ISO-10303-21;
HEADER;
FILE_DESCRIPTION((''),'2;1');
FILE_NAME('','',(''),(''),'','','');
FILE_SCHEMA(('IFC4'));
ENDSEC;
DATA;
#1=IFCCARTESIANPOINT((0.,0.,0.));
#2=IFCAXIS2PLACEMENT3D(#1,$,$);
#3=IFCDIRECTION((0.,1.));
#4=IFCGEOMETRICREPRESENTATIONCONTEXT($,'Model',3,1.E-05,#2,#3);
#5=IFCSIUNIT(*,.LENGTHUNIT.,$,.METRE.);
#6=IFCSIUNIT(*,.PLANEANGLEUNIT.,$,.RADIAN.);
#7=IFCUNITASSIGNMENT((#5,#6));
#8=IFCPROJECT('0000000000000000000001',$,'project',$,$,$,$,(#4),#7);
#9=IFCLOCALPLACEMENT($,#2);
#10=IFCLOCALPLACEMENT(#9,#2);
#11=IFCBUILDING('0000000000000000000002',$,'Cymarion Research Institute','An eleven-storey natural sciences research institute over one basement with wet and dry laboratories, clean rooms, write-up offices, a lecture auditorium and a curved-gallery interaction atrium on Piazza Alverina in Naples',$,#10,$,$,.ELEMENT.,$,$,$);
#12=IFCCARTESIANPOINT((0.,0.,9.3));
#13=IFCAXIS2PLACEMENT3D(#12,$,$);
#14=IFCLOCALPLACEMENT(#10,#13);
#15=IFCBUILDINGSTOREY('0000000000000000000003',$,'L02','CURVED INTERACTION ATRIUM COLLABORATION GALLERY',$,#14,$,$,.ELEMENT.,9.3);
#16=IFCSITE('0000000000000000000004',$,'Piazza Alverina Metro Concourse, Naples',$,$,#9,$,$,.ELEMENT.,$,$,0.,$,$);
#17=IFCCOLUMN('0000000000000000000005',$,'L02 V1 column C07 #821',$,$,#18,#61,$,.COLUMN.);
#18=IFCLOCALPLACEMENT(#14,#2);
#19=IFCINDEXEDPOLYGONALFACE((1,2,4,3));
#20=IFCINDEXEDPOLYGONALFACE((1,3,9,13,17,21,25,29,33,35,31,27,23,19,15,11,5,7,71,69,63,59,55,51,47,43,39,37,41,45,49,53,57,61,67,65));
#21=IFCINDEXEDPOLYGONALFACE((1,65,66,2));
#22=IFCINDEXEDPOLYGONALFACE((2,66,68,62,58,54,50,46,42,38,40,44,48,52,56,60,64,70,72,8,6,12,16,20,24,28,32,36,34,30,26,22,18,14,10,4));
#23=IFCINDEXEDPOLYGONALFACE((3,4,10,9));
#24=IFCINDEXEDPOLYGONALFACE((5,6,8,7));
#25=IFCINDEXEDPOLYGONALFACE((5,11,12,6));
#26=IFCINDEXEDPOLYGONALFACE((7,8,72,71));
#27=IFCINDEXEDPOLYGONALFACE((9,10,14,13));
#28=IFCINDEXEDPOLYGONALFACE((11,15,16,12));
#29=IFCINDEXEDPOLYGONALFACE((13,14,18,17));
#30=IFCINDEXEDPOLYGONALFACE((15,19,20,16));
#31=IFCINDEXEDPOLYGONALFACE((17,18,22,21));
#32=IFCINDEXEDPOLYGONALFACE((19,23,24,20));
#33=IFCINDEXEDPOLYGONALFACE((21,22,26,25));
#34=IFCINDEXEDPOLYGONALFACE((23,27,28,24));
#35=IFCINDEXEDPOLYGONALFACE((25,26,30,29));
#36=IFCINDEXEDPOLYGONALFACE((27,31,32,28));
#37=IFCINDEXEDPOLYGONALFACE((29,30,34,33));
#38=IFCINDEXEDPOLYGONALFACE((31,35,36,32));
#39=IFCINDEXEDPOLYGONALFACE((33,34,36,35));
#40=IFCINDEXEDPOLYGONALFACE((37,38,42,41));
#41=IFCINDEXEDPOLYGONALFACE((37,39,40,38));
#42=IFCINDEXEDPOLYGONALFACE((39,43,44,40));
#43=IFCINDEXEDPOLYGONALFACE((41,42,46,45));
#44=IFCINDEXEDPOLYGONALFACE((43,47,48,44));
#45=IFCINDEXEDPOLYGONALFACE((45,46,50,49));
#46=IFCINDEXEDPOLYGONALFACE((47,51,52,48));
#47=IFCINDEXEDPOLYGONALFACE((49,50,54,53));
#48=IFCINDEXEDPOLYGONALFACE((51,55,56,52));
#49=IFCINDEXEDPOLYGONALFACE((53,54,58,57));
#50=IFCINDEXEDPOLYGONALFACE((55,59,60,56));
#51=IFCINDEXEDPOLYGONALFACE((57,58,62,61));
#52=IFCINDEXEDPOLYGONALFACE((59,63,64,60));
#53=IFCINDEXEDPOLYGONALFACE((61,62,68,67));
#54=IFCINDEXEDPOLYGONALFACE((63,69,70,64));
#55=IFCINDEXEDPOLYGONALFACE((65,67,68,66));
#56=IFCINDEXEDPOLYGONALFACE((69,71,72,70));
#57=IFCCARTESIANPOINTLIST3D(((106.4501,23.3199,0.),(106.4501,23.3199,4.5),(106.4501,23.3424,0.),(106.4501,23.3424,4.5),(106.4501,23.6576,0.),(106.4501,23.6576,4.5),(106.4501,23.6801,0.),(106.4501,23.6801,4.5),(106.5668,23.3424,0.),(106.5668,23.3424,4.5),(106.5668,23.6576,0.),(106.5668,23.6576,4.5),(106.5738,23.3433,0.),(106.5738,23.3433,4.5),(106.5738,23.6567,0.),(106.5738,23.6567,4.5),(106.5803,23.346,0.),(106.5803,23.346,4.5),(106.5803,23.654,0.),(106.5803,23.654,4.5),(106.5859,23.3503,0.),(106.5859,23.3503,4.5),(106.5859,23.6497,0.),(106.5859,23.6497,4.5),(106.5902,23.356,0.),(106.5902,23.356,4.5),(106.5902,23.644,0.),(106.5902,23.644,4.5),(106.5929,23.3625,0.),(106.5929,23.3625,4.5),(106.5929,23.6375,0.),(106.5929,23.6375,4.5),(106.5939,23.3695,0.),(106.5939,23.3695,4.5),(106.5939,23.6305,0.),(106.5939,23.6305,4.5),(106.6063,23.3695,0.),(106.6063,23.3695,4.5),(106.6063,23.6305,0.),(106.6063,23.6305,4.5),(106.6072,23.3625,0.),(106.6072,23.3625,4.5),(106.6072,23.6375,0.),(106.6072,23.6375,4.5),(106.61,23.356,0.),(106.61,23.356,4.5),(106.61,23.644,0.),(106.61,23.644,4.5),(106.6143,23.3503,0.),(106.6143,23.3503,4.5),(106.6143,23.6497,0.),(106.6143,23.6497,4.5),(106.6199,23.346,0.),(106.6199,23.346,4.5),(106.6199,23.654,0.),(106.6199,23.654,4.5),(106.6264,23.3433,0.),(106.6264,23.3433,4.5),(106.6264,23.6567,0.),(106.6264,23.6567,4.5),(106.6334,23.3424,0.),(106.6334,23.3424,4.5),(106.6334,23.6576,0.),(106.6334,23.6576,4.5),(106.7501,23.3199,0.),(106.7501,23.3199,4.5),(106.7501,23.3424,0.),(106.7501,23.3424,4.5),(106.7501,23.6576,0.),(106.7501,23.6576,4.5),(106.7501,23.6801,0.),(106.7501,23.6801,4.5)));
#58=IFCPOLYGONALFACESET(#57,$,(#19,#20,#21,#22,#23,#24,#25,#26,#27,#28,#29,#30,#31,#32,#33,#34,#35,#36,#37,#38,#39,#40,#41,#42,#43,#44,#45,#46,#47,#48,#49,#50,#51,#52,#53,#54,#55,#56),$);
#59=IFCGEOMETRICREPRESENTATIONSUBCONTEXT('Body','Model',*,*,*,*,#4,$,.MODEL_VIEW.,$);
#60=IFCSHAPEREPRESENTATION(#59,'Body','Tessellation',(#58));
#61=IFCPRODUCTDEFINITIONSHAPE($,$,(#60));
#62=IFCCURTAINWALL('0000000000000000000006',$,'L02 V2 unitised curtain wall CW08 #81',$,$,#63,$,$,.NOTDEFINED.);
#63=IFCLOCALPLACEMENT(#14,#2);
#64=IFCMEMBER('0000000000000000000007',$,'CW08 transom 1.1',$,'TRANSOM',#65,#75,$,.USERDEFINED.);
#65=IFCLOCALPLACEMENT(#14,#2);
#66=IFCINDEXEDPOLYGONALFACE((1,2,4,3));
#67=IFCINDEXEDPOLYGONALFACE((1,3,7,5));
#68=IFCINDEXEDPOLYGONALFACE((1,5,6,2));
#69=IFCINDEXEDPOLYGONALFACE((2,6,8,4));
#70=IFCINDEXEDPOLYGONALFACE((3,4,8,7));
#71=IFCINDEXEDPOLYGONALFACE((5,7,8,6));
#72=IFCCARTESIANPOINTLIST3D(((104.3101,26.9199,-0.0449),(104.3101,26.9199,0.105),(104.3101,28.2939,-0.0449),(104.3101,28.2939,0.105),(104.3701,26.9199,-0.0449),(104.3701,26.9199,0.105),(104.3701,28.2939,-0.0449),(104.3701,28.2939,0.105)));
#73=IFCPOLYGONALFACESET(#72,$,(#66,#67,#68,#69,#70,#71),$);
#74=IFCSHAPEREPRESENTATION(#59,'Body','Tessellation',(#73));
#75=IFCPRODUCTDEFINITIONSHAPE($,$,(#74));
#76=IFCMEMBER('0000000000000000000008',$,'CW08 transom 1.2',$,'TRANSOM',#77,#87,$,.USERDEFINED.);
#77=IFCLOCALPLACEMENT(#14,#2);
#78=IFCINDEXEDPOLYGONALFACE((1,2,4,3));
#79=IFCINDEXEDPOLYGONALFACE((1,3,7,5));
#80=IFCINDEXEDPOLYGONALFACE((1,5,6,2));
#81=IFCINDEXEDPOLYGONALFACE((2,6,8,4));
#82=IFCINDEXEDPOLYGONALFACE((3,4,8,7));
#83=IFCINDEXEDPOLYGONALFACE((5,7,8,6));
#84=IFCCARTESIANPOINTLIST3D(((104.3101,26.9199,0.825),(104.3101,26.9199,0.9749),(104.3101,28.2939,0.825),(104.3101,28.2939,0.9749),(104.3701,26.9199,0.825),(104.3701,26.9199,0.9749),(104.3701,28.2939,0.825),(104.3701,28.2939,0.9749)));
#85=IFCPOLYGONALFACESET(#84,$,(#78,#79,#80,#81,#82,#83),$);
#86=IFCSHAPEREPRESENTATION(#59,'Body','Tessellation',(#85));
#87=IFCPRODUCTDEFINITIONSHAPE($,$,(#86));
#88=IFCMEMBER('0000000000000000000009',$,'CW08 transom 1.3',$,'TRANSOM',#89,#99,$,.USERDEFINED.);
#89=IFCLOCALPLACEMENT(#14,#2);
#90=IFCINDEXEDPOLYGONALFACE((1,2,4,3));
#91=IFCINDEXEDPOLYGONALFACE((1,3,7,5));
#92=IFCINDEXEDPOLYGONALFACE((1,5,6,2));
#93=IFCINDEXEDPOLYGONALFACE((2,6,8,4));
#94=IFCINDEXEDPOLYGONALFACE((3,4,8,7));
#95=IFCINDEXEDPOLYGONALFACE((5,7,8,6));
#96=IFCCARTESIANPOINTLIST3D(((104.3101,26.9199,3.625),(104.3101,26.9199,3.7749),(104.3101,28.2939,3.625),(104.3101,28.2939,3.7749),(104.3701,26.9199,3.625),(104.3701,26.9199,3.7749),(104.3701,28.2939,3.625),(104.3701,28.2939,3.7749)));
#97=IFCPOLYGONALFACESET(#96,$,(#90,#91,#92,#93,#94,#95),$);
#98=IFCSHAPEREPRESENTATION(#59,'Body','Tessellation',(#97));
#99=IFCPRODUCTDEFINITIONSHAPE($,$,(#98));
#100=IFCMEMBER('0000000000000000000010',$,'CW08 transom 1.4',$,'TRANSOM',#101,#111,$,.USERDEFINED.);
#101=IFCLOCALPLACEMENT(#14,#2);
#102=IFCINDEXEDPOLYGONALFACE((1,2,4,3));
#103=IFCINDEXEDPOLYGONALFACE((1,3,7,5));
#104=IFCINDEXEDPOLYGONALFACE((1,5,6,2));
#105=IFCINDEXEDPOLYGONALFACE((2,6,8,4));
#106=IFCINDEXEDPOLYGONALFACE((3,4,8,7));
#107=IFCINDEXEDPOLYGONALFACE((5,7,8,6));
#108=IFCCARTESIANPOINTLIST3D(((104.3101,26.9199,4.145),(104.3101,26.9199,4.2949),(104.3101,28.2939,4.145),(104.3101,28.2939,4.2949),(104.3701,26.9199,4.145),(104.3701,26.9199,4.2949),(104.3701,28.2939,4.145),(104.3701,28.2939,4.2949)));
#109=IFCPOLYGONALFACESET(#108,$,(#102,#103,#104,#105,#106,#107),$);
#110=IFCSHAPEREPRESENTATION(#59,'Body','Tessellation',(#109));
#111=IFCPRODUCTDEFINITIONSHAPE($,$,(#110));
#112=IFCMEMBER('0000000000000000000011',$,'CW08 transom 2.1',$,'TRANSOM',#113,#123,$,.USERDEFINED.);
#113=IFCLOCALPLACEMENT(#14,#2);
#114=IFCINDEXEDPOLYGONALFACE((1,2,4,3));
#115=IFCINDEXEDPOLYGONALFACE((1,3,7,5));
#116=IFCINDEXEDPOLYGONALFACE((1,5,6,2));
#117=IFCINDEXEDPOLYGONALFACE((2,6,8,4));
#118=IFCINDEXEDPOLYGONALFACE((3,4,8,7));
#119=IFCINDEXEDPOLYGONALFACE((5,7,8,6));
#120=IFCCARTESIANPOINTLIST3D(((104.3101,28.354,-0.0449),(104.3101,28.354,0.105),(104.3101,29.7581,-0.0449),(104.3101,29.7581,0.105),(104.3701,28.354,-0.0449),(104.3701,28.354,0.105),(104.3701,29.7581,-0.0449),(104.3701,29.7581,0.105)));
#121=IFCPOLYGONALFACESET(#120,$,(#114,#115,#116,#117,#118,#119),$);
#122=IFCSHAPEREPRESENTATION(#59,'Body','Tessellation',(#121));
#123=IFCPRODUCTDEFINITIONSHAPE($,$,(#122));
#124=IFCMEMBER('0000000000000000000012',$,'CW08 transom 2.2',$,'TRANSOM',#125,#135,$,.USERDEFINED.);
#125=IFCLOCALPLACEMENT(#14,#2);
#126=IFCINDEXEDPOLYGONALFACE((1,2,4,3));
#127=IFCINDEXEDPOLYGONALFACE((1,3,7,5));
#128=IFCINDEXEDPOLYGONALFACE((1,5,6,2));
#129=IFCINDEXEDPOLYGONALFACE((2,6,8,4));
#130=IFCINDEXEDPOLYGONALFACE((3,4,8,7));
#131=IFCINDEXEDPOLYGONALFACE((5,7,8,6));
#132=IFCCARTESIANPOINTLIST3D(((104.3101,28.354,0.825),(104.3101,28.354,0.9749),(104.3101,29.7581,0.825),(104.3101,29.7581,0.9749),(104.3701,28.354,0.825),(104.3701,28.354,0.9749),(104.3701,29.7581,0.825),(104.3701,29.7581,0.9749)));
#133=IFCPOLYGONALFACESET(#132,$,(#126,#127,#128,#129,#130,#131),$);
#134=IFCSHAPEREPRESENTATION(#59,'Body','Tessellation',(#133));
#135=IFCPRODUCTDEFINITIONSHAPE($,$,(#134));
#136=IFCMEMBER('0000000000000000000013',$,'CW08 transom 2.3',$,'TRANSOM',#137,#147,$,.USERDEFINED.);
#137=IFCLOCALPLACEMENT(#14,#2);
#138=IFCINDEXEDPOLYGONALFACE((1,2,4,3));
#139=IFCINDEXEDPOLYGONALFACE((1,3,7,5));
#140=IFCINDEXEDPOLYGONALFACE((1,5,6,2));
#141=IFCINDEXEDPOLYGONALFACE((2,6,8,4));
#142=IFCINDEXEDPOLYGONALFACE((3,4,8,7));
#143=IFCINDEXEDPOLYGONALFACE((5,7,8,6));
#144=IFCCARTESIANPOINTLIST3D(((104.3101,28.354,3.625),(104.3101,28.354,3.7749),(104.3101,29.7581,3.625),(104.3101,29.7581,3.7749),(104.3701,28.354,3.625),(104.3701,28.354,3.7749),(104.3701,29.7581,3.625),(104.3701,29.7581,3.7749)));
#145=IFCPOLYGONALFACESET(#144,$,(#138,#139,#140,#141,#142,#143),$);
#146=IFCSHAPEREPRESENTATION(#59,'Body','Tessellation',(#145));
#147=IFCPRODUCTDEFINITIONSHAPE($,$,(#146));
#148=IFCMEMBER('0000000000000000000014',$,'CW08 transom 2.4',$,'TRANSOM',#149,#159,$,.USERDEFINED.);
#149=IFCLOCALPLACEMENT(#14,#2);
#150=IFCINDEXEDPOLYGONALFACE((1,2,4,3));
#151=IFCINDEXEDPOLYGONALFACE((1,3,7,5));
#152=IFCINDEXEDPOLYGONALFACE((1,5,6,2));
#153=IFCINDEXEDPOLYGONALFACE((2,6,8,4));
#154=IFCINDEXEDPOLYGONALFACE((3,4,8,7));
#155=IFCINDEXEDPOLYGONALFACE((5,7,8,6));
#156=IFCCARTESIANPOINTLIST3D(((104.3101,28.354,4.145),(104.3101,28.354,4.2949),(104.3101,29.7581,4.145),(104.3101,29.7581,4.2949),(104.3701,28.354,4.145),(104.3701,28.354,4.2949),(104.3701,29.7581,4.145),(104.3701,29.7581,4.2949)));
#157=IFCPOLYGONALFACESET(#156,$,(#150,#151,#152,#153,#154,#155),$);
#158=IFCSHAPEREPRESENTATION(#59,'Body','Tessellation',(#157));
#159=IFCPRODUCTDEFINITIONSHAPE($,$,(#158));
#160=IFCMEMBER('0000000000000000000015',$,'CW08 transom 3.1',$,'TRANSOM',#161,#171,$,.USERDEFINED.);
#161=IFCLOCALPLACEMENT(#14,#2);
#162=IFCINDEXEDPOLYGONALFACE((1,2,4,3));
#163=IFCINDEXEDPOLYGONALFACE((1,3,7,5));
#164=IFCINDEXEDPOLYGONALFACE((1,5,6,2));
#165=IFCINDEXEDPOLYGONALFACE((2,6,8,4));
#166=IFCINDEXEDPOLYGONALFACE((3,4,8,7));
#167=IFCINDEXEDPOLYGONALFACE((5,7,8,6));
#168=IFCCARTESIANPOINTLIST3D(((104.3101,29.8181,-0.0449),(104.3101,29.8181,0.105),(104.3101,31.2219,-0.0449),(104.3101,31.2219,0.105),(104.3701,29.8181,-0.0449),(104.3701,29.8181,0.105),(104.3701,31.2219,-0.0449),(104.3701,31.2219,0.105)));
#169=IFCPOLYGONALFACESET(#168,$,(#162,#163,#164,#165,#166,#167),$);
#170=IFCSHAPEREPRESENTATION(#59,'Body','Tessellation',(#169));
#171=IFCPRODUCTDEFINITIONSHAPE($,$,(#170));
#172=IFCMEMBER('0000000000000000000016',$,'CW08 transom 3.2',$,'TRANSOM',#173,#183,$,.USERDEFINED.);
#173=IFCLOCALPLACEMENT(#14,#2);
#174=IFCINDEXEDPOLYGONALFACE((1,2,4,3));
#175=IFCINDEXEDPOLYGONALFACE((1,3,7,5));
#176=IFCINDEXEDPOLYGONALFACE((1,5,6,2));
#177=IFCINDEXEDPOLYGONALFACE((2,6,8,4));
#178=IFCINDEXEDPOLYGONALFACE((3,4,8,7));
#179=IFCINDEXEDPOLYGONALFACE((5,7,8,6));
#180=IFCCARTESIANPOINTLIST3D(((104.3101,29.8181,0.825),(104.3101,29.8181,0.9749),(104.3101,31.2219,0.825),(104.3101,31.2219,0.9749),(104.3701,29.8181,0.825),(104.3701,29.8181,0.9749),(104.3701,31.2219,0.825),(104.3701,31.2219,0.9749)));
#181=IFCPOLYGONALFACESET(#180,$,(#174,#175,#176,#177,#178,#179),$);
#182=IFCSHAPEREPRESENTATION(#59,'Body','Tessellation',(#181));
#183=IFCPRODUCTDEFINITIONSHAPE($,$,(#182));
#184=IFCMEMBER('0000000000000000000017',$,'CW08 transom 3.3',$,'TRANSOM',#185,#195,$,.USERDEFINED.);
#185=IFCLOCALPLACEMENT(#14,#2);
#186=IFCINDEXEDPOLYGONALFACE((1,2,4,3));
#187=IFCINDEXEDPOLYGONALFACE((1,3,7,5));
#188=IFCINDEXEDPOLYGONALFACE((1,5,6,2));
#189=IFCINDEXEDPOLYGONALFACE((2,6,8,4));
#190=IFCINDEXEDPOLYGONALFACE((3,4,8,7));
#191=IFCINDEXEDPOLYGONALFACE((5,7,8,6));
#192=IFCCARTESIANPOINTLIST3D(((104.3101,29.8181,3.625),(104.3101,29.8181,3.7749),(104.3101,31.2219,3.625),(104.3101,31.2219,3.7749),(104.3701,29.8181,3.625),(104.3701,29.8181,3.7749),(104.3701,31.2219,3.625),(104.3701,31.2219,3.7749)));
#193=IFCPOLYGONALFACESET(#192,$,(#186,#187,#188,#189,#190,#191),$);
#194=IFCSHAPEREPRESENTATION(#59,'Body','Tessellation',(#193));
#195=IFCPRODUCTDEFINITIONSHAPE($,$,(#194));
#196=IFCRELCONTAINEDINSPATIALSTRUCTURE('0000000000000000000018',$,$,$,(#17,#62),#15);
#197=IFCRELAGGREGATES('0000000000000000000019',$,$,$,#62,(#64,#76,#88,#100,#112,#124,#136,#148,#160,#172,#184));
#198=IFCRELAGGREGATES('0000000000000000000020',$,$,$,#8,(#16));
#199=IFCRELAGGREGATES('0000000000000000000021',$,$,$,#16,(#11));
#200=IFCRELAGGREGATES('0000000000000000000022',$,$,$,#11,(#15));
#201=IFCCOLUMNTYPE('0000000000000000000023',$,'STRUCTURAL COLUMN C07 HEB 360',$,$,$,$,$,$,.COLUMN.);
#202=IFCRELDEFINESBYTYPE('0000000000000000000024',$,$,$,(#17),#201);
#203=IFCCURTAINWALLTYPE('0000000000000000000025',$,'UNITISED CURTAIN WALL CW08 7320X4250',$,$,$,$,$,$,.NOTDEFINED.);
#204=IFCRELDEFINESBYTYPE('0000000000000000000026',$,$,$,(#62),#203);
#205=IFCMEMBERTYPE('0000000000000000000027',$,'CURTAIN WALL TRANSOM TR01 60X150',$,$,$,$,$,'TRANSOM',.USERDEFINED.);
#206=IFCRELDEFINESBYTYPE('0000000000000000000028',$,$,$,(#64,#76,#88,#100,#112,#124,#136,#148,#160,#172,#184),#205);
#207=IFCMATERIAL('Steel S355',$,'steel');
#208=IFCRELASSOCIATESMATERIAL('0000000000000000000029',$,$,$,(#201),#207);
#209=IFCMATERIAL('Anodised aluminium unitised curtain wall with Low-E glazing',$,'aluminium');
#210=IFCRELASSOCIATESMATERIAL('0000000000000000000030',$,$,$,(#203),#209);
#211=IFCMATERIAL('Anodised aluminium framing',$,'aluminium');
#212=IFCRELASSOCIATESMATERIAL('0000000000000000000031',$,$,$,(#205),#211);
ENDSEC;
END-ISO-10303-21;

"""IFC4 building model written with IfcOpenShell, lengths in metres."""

from ifc_helpers import new_model, si_unit, direction, frame, origin, origin_2d, place, context, subcontext, project, spatial, rectangle, i_section, extrude, material, material_profile, profile_set, type_object, element, aggregate, save


model = new_model("IFC4")

# Units and contexts
model_context = context("Model", 3, precision=1e-05, world=origin(), true_north=direction((0.0, 1.0)))
body_context = subcontext(model_context, "Body", "Model", "MODEL_VIEW")
ifc_project = project(units=[si_unit("LENGTHUNIT", "METRE"), si_unit("PLANEANGLEUNIT", "RADIAN")], contexts=[model_context])

# Site, building, storey
site_placement = place(None, origin())
site = spatial("IfcSite", under=ifc_project, at=site_placement, Name="Piazza Alverina Metro Concourse, Naples", CompositionType="ELEMENT", RefElevation=0.0)
building_placement = place(site_placement, origin())
building = spatial("IfcBuilding", under=site, at=building_placement, Name="Cymarion Research Institute", Description="An eleven-storey natural sciences research institute over one basement with wet and dry laboratories, clean rooms, write-up offices, a lecture auditorium and a curved-gallery interaction atrium on Piazza Alverina in Naples", CompositionType="ELEMENT")
storey_placement = place(building_placement, frame((0.0, 0.0, 9.3)))
storey = spatial("IfcBuildingStorey", under=building, at=storey_placement, Name="L02", Description="CURVED INTERACTION ATRIUM COLLABORATION GALLERY", CompositionType="ELEMENT", Elevation=9.3)

# Column
ifc_material_1 = material(Name="Steel S355", Category="steel")
ifc_material_profile_1 = material_profile(ifc_material_1, i_section(OverallWidth=0.3, OverallDepth=0.3601, WebThickness=0.0125, FlangeThickness=0.0225, FilletRadius=0.0271, at=origin_2d()), Name="HEB 360")
ifc_profile_set_1 = profile_set([ifc_material_profile_1], Name="Steel S355")
column_type = type_object("IfcColumnType", Name="STRUCTURAL COLUMN C07 HEB 360", PredefinedType="COLUMN", material=ifc_profile_set_1)
column_placement = place(storey_placement, frame((106.6001, 23.5, 0.0), z_axis=(0.0, 0.0, 1.0), x_axis=(1.0, 0.0, 0.0)))
element("IfcColumn", 1, at=column_placement, inside=storey, type_object=column_type, Name="L02 V1 column C07 #821", PredefinedType="COLUMN", context=body_context, shape_type="SweptSolid", body=[
    extrude(i_section(OverallWidth=0.3, OverallDepth=0.3601, WebThickness=0.0125, FlangeThickness=0.0225, FilletRadius=0.0271, at=origin_2d()), origin(), (0.0, 0.0, 1.0), 4.5),
])

# Curtain wall, members
ifc_material_2 = material(Name="Anodised aluminium unitised curtain wall with Low-E glazing", Category="aluminium")
curtain_wall_type = type_object("IfcCurtainWallType", Name="UNITISED CURTAIN WALL CW08 7320X4250", PredefinedType="NOTDEFINED", material=ifc_material_2)
curtain_wall_placement = place(storey_placement, origin())
curtain_wall = element("IfcCurtainWall", 2, at=curtain_wall_placement, inside=storey, type_object=curtain_wall_type, Name="L02 V2 unitised curtain wall CW08 #81", PredefinedType="NOTDEFINED")
ifc_material_3 = material(Name="Anodised aluminium framing", Category="aluminium")
ifc_material_profile_2 = material_profile(ifc_material_3, rectangle(XDim=0.0601, YDim=0.1499, at=origin_2d()), Name="ALU TRANSOM 60x150")
ifc_profile_set_2 = profile_set([ifc_material_profile_2], Name="Anodised aluminium framing")
member_type = type_object("IfcMemberType", Name="CURTAIN WALL TRANSOM TR01 60X150", ElementType="TRANSOM", PredefinedType="USERDEFINED", material=ifc_profile_set_2)
member_1_placement = place(storey_placement, frame((104.3401, 26.9199, 0.03), z_axis=(0.0, 1.0, 0.0), x_axis=(-1.0, 0.0, 0.0)))
member_1 = element("IfcMember", 3, at=member_1_placement, type_object=member_type, Name="CW08 transom 1.1", ObjectType="TRANSOM", PredefinedType="USERDEFINED", context=body_context, shape_type="SweptSolid", body=[
    extrude(rectangle(XDim=0.0601, YDim=0.1499, at=origin_2d()), origin(), (0.0, 0.0, 1.0), 1.374),
])
member_2_placement = place(storey_placement, frame((104.3401, 26.9199, 0.8999), z_axis=(0.0, 1.0, 0.0), x_axis=(-1.0, 0.0, 0.0)))
member_2 = element("IfcMember", 4, at=member_2_placement, type_object=member_type, Name="CW08 transom 1.2", ObjectType="TRANSOM", PredefinedType="USERDEFINED", context=body_context, shape_type="SweptSolid", body=[
    extrude(rectangle(XDim=0.0601, YDim=0.1499, at=origin_2d()), origin(), (0.0, 0.0, 1.0), 1.374),
])
member_3_placement = place(storey_placement, frame((104.3401, 26.9199, 3.7), z_axis=(0.0, 1.0, 0.0), x_axis=(-1.0, 0.0, 0.0)))
member_3 = element("IfcMember", 5, at=member_3_placement, type_object=member_type, Name="CW08 transom 1.3", ObjectType="TRANSOM", PredefinedType="USERDEFINED", context=body_context, shape_type="SweptSolid", body=[
    extrude(rectangle(XDim=0.0601, YDim=0.1499, at=origin_2d()), origin(), (0.0, 0.0, 1.0), 1.374),
])
member_4_placement = place(storey_placement, frame((104.3401, 26.9199, 4.22), z_axis=(0.0, 1.0, 0.0), x_axis=(-1.0, 0.0, 0.0)))
member_4 = element("IfcMember", 6, at=member_4_placement, type_object=member_type, Name="CW08 transom 1.4", ObjectType="TRANSOM", PredefinedType="USERDEFINED", context=body_context, shape_type="SweptSolid", body=[
    extrude(rectangle(XDim=0.0601, YDim=0.1499, at=origin_2d()), origin(), (0.0, 0.0, 1.0), 1.374),
])
member_5_placement = place(storey_placement, frame((104.3401, 28.354, 0.03), z_axis=(0.0, 1.0, 0.0), x_axis=(-1.0, 0.0, 0.0)))
member_5 = element("IfcMember", 7, at=member_5_placement, type_object=member_type, Name="CW08 transom 2.1", ObjectType="TRANSOM", PredefinedType="USERDEFINED", context=body_context, shape_type="SweptSolid", body=[
    extrude(rectangle(XDim=0.0601, YDim=0.1499, at=origin_2d()), origin(), (0.0, 0.0, 1.0), 1.4041),
])
member_6_placement = place(storey_placement, frame((104.3401, 28.354, 0.8999), z_axis=(0.0, 1.0, 0.0), x_axis=(-1.0, 0.0, 0.0)))
member_6 = element("IfcMember", 8, at=member_6_placement, type_object=member_type, Name="CW08 transom 2.2", ObjectType="TRANSOM", PredefinedType="USERDEFINED", context=body_context, shape_type="SweptSolid", body=[
    extrude(rectangle(XDim=0.0601, YDim=0.1499, at=origin_2d()), origin(), (0.0, 0.0, 1.0), 1.4041),
])
member_7_placement = place(storey_placement, frame((104.3401, 28.354, 3.7), z_axis=(0.0, 1.0, 0.0), x_axis=(-1.0, 0.0, 0.0)))
member_7 = element("IfcMember", 9, at=member_7_placement, type_object=member_type, Name="CW08 transom 2.3", ObjectType="TRANSOM", PredefinedType="USERDEFINED", context=body_context, shape_type="SweptSolid", body=[
    extrude(rectangle(XDim=0.0601, YDim=0.1499, at=origin_2d()), origin(), (0.0, 0.0, 1.0), 1.4041),
])
member_8_placement = place(storey_placement, frame((104.3401, 28.354, 4.22), z_axis=(0.0, 1.0, 0.0), x_axis=(-1.0, 0.0, 0.0)))
member_8 = element("IfcMember", 10, at=member_8_placement, type_object=member_type, Name="CW08 transom 2.4", ObjectType="TRANSOM", PredefinedType="USERDEFINED", context=body_context, shape_type="SweptSolid", body=[
    extrude(rectangle(XDim=0.0601, YDim=0.1499, at=origin_2d()), origin(), (0.0, 0.0, 1.0), 1.4041),
])
member_9_placement = place(storey_placement, frame((104.3401, 29.8181, 0.03), z_axis=(0.0, 1.0, 0.0), x_axis=(-1.0, 0.0, 0.0)))
member_9 = element("IfcMember", 11, at=member_9_placement, type_object=member_type, Name="CW08 transom 3.1", ObjectType="TRANSOM", PredefinedType="USERDEFINED", context=body_context, shape_type="SweptSolid", body=[
    extrude(rectangle(XDim=0.0601, YDim=0.1499, at=origin_2d()), origin(), (0.0, 0.0, 1.0), 1.4038),
])
member_10_placement = place(storey_placement, frame((104.3401, 29.8181, 0.8999), z_axis=(0.0, 1.0, 0.0), x_axis=(-1.0, 0.0, 0.0)))
member_10 = element("IfcMember", 12, at=member_10_placement, type_object=member_type, Name="CW08 transom 3.2", ObjectType="TRANSOM", PredefinedType="USERDEFINED", context=body_context, shape_type="SweptSolid", body=[
    extrude(rectangle(XDim=0.0601, YDim=0.1499, at=origin_2d()), origin(), (0.0, 0.0, 1.0), 1.4038),
])
member_11_placement = place(storey_placement, frame((104.3401, 29.8181, 3.7), z_axis=(0.0, 1.0, 0.0), x_axis=(-1.0, 0.0, 0.0)))
member_11 = element("IfcMember", 13, at=member_11_placement, type_object=member_type, Name="CW08 transom 3.3", ObjectType="TRANSOM", PredefinedType="USERDEFINED", context=body_context, shape_type="SweptSolid", body=[
    extrude(rectangle(XDim=0.0601, YDim=0.1499, at=origin_2d()), origin(), (0.0, 0.0, 1.0), 1.4038),
])

aggregate(curtain_wall, [member_1, member_2, member_3, member_4, member_5, member_6, member_7, member_8, member_9, member_10, member_11])

save(model, "model.ifc")
